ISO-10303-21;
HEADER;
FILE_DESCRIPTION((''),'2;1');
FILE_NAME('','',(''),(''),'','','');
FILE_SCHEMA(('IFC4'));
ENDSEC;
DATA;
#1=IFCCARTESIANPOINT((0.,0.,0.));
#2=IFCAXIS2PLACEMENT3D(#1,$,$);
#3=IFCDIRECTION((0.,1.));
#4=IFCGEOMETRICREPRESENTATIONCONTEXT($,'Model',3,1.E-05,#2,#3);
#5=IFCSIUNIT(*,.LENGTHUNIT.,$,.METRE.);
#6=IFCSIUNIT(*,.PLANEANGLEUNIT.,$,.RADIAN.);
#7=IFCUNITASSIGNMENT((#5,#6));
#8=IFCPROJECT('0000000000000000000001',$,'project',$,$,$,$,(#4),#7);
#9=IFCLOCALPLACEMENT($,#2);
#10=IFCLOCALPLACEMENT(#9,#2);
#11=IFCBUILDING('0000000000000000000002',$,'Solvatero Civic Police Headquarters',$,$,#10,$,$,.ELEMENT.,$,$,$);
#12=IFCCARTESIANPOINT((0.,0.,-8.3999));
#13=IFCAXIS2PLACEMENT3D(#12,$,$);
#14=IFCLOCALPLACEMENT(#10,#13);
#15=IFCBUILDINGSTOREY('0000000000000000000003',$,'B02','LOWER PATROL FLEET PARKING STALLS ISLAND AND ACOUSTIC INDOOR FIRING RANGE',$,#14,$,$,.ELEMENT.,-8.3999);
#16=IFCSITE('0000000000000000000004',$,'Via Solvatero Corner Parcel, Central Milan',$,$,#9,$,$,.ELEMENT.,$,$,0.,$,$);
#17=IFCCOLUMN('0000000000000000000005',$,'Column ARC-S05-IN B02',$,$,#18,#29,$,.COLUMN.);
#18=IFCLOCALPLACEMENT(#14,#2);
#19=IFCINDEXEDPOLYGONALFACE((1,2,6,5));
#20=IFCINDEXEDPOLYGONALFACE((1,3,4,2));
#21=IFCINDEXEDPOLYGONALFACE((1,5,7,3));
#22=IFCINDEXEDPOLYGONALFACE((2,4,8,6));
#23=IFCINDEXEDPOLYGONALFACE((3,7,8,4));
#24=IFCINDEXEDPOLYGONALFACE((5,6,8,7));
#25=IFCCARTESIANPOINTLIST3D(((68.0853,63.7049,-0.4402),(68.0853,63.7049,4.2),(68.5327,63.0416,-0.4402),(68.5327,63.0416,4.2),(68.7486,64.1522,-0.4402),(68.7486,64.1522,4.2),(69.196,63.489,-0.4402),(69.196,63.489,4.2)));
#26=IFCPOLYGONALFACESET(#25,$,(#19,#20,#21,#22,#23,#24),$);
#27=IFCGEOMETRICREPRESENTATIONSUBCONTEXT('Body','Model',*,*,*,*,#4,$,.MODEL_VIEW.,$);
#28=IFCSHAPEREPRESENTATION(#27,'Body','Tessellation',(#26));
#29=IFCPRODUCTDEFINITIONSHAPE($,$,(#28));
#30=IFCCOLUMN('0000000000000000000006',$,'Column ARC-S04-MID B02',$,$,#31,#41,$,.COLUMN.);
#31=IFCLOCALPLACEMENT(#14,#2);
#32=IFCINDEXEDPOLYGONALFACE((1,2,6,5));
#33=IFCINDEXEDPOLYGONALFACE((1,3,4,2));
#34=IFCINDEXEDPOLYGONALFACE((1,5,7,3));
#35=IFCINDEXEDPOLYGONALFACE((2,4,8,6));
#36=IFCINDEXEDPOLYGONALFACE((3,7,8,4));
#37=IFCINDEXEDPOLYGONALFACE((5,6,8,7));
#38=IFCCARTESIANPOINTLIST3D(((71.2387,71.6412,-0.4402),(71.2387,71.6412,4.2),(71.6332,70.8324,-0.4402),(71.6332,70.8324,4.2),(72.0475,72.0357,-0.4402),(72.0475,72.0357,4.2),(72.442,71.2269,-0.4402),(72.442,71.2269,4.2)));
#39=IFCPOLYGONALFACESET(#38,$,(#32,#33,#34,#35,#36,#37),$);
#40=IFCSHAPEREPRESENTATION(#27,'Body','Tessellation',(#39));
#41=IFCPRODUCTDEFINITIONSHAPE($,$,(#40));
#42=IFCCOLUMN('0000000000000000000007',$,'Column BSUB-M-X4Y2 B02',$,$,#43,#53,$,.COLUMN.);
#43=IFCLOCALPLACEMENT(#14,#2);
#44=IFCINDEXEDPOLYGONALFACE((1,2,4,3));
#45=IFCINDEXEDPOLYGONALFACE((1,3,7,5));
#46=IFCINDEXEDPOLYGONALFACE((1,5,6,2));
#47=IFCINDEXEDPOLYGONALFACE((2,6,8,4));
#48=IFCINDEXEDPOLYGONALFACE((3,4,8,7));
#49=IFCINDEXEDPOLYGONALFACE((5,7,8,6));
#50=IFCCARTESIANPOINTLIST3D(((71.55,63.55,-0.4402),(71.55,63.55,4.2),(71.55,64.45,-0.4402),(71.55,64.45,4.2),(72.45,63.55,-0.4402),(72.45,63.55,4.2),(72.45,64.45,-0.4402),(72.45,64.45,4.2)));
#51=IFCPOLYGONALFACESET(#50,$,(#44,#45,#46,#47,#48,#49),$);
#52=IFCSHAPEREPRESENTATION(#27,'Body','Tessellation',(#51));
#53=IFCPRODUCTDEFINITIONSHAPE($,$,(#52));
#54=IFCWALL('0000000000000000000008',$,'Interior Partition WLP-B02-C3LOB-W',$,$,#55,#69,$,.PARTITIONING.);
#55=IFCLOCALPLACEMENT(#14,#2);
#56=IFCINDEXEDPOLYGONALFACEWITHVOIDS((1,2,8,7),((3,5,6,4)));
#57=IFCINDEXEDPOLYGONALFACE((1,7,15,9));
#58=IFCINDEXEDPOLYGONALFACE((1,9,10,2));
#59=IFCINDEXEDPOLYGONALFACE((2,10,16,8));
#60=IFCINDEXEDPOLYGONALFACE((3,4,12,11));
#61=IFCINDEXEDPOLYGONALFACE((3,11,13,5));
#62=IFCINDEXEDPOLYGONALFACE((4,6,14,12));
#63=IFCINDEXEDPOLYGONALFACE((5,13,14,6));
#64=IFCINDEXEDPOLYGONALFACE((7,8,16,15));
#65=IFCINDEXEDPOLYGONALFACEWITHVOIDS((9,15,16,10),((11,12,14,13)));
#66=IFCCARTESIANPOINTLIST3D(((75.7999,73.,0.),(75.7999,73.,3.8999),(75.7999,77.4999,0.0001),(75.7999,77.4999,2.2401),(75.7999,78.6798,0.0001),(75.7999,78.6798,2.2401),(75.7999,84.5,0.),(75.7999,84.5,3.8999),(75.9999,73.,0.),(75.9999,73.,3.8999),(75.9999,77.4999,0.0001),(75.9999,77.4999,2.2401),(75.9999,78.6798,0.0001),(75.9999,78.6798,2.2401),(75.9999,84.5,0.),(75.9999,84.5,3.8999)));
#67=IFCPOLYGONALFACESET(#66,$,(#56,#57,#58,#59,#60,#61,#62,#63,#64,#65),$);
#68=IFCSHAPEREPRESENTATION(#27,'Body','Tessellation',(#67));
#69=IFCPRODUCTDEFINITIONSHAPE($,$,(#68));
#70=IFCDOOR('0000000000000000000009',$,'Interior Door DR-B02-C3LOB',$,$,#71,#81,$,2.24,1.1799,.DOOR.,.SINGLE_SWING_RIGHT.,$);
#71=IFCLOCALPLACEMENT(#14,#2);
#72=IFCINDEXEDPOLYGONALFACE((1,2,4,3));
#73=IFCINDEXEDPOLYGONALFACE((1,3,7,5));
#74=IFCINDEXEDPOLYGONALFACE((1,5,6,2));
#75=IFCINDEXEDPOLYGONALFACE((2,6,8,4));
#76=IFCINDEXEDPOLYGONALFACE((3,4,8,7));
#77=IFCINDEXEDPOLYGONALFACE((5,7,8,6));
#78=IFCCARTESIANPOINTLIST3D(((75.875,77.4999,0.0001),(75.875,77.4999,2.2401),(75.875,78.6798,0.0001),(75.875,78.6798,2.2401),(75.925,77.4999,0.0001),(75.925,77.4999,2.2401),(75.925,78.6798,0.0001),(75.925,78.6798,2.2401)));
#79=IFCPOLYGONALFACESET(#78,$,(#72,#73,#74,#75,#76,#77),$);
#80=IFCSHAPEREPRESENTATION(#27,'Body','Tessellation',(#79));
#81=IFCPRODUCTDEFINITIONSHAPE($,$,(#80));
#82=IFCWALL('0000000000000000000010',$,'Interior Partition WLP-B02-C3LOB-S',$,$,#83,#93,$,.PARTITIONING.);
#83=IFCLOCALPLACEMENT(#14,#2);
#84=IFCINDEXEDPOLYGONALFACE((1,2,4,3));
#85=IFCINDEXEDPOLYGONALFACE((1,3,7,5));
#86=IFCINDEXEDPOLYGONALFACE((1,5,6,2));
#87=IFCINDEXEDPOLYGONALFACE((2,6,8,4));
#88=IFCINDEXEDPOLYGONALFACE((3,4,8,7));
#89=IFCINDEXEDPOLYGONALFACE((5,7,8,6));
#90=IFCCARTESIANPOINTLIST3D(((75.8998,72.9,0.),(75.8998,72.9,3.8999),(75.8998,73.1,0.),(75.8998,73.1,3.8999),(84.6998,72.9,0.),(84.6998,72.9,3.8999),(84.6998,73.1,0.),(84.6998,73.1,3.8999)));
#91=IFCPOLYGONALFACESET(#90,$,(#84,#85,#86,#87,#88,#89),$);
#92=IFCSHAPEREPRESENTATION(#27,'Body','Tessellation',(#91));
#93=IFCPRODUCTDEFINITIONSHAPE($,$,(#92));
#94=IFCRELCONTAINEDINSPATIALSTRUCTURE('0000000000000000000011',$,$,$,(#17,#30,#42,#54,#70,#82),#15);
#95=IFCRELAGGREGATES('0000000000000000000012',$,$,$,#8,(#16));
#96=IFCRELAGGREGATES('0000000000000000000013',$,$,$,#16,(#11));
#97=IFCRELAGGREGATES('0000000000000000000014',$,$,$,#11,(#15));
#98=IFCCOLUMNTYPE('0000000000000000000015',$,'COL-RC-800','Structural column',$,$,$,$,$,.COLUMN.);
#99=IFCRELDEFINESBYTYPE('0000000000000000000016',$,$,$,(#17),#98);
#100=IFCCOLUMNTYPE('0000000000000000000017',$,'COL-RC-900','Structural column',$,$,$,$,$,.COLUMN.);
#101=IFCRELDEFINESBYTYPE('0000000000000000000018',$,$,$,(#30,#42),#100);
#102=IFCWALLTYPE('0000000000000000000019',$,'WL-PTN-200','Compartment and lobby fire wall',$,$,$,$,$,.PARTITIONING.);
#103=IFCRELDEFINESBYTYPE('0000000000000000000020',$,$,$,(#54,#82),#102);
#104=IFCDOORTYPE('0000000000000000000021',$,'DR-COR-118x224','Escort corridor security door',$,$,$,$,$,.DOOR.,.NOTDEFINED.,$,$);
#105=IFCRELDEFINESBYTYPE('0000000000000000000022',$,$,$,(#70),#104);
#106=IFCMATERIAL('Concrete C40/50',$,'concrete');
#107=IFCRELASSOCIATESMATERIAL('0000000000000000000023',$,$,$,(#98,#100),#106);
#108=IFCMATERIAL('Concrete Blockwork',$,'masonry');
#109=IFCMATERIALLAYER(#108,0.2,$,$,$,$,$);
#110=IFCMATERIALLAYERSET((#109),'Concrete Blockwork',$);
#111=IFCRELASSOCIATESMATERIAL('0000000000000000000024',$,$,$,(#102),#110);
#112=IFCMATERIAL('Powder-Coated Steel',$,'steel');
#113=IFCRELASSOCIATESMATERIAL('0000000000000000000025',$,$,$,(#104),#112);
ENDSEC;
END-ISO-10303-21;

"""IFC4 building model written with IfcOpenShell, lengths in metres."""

from ifc_helpers import new_model, si_unit, direction, frame, frame_2d, origin, origin_2d, place, context, subcontext, project, spatial, rectangle, extrude, material, layer, layer_set, material_profile, profile_set, type_object, element, fill, save


model = new_model("IFC4")

# Units and contexts
model_context = context("Model", 3, precision=1e-05, world=origin(), true_north=direction((0.0, 1.0)))
body_context = subcontext(model_context, "Body", "Model", "MODEL_VIEW")
ifc_project = project(units=[si_unit("LENGTHUNIT", "METRE"), si_unit("PLANEANGLEUNIT", "RADIAN")], contexts=[model_context])

# Site, building, storey
site_placement = place(None, origin())
site = spatial("IfcSite", under=ifc_project, at=site_placement, Name="Via Solvatero Corner Parcel, Central Milan", CompositionType="ELEMENT", RefElevation=0.0)
building_placement = place(site_placement, origin())
building = spatial("IfcBuilding", under=site, at=building_placement, Name="Solvatero Civic Police Headquarters", CompositionType="ELEMENT")
storey_placement = place(building_placement, frame((0.0, 0.0, -8.3999)))
storey = spatial("IfcBuildingStorey", under=building, at=storey_placement, Name="B02", Description="LOWER PATROL FLEET PARKING STALLS ISLAND AND ACOUSTIC INDOOR FIRING RANGE", CompositionType="ELEMENT", Elevation=-8.3999)

# Columns
ifc_material_1 = material(Name="Concrete C40/50", Category="concrete")
ifc_material_profile_1 = material_profile(ifc_material_1, rectangle(XDim=0.8, YDim=0.8, at=origin_2d()), Name="RC 800x800")
ifc_profile_set_1 = profile_set([ifc_material_profile_1], Name="Concrete C40/50")
column_type_1 = type_object("IfcColumnType", Name="COL-RC-800", Description="Structural column", PredefinedType="COLUMN", material=ifc_profile_set_1)
column_1_placement = place(storey_placement, frame((68.6406, 63.5969, -0.4402), z_axis=(0.0, 0.0, 1.0), x_axis=(0.829038, 0.559193, 0.0)))
element("IfcColumn", 1, at=column_1_placement, inside=storey, type_object=column_type_1, Name="Column ARC-S05-IN B02", PredefinedType="COLUMN", context=body_context, shape_type="SweptSolid", body=[
    extrude(rectangle(XDim=0.8, YDim=0.8, at=origin_2d()), origin(), (0.0, 0.0, 1.0), 4.6401),
])
ifc_material_profile_2 = material_profile(ifc_material_1, rectangle(XDim=0.8999, YDim=0.8999, at=origin_2d()), Name="RC 900x900")
ifc_profile_set_2 = profile_set([ifc_material_profile_2], Name="Concrete C40/50")
column_type_2 = type_object("IfcColumnType", Name="COL-RC-900", Description="Structural column", PredefinedType="COLUMN", material=ifc_profile_set_2)
for number, where, z_axis, x_axis, name in (
    (2, (71.8403, 71.4341, -0.4402), (0.0, 0.0, 1.0), (0.898794, 0.438371, 0.0), "Column ARC-S04-MID B02"),
    (3, (72.0, 64.0, -0.4402), (0.0, 0.0, 1.0), (1.0, 0.0, 0.0), "Column BSUB-M-X4Y2 B02"),
):
    element("IfcColumn", number, at=place(storey_placement, frame(where, z_axis=z_axis, x_axis=x_axis)), inside=storey, type_object=column_type_2, Name=name, PredefinedType="COLUMN", context=body_context, shape_type="SweptSolid", body=[
        extrude(rectangle(XDim=0.8999, YDim=0.8999, at=origin_2d()), origin(), (0.0, 0.0, 1.0), 4.6401),
    ])

# Wall, opening, door
ifc_material_2 = material(Name="Concrete Blockwork", Category="masonry")
ifc_layer = layer(ifc_material_2, 0.2)
ifc_layer_set = layer_set([ifc_layer], Name="Concrete Blockwork")
wall_type = type_object("IfcWallType", Name="WL-PTN-200", Description="Compartment and lobby fire wall", PredefinedType="PARTITIONING", material=ifc_layer_set)
wall_1_placement = place(storey_placement, frame((75.8999, 73.0, 0.0), z_axis=(0.0, 0.0, 1.0), x_axis=(0.0, 1.0, 0.0)))
wall_1 = element("IfcWall", 4, at=wall_1_placement, inside=storey, type_object=wall_type, Name="Interior Partition WLP-B02-C3LOB-W", PredefinedType="PARTITIONING", context=body_context, shape_type="SweptSolid", body=[
    extrude(rectangle(XDim=11.5, YDim=0.2, at=frame_2d((5.75, 0.0))), origin(), (0.0, 0.0, 1.0), 3.8999),
])
opening_placement = place(wall_1_placement, frame((4.5, 0.0, 0.0)))
opening = element("IfcOpeningElement", 5, at=opening_placement, cuts=wall_1, PredefinedType="OPENING", context=body_context, shape_type="SweptSolid", body=[
    extrude(rectangle(XDim=1.1799, YDim=2.24, at=frame_2d((0.5898, 1.1201))), frame((0.0, 0.1099, 0.0), z_axis=(0.0, -1.0, 0.0), x_axis=(1.0, 0.0, 0.0)), (0.0, 0.0, 1.0), 0.22),
])
ifc_material_3 = material(Name="Powder-Coated Steel", Category="steel")
door_type = type_object("IfcDoorType", Name="DR-COR-118x224", Description="Escort corridor security door", OperationType="NOTDEFINED", PredefinedType="DOOR", material=ifc_material_3)
door_placement = place(opening_placement, origin())
door = element("IfcDoor", 6, at=door_placement, inside=storey, type_object=door_type, Name="Interior Door DR-B02-C3LOB", OperationType="SINGLE_SWING_RIGHT", OverallHeight=2.24, OverallWidth=1.1799, PredefinedType="DOOR", context=body_context, shape_type="SweptSolid", body=[
    extrude(rectangle(XDim=1.1799, YDim=2.24, at=frame_2d((0.5898, 1.1201))), frame((0.0, 0.0249, 0.0), z_axis=(0.0, -1.0, 0.0), x_axis=(1.0, 0.0, 0.0)), (0.0, 0.0, 1.0), 0.05),
])
fill(opening, door)

# Wall
wall_2_placement = place(storey_placement, frame((75.8999, 73.0, 0.0), z_axis=(0.0, 0.0, 1.0), x_axis=(1.0, 0.0, 0.0)))
element("IfcWall", 7, at=wall_2_placement, inside=storey, type_object=wall_type, Name="Interior Partition WLP-B02-C3LOB-S", PredefinedType="PARTITIONING", context=body_context, shape_type="SweptSolid", body=[
    extrude(rectangle(XDim=8.8, YDim=0.2, at=frame_2d((4.3999, 0.0))), origin(), (0.0, 0.0, 1.0), 3.8999),
])

save(model, "model.ifc")
